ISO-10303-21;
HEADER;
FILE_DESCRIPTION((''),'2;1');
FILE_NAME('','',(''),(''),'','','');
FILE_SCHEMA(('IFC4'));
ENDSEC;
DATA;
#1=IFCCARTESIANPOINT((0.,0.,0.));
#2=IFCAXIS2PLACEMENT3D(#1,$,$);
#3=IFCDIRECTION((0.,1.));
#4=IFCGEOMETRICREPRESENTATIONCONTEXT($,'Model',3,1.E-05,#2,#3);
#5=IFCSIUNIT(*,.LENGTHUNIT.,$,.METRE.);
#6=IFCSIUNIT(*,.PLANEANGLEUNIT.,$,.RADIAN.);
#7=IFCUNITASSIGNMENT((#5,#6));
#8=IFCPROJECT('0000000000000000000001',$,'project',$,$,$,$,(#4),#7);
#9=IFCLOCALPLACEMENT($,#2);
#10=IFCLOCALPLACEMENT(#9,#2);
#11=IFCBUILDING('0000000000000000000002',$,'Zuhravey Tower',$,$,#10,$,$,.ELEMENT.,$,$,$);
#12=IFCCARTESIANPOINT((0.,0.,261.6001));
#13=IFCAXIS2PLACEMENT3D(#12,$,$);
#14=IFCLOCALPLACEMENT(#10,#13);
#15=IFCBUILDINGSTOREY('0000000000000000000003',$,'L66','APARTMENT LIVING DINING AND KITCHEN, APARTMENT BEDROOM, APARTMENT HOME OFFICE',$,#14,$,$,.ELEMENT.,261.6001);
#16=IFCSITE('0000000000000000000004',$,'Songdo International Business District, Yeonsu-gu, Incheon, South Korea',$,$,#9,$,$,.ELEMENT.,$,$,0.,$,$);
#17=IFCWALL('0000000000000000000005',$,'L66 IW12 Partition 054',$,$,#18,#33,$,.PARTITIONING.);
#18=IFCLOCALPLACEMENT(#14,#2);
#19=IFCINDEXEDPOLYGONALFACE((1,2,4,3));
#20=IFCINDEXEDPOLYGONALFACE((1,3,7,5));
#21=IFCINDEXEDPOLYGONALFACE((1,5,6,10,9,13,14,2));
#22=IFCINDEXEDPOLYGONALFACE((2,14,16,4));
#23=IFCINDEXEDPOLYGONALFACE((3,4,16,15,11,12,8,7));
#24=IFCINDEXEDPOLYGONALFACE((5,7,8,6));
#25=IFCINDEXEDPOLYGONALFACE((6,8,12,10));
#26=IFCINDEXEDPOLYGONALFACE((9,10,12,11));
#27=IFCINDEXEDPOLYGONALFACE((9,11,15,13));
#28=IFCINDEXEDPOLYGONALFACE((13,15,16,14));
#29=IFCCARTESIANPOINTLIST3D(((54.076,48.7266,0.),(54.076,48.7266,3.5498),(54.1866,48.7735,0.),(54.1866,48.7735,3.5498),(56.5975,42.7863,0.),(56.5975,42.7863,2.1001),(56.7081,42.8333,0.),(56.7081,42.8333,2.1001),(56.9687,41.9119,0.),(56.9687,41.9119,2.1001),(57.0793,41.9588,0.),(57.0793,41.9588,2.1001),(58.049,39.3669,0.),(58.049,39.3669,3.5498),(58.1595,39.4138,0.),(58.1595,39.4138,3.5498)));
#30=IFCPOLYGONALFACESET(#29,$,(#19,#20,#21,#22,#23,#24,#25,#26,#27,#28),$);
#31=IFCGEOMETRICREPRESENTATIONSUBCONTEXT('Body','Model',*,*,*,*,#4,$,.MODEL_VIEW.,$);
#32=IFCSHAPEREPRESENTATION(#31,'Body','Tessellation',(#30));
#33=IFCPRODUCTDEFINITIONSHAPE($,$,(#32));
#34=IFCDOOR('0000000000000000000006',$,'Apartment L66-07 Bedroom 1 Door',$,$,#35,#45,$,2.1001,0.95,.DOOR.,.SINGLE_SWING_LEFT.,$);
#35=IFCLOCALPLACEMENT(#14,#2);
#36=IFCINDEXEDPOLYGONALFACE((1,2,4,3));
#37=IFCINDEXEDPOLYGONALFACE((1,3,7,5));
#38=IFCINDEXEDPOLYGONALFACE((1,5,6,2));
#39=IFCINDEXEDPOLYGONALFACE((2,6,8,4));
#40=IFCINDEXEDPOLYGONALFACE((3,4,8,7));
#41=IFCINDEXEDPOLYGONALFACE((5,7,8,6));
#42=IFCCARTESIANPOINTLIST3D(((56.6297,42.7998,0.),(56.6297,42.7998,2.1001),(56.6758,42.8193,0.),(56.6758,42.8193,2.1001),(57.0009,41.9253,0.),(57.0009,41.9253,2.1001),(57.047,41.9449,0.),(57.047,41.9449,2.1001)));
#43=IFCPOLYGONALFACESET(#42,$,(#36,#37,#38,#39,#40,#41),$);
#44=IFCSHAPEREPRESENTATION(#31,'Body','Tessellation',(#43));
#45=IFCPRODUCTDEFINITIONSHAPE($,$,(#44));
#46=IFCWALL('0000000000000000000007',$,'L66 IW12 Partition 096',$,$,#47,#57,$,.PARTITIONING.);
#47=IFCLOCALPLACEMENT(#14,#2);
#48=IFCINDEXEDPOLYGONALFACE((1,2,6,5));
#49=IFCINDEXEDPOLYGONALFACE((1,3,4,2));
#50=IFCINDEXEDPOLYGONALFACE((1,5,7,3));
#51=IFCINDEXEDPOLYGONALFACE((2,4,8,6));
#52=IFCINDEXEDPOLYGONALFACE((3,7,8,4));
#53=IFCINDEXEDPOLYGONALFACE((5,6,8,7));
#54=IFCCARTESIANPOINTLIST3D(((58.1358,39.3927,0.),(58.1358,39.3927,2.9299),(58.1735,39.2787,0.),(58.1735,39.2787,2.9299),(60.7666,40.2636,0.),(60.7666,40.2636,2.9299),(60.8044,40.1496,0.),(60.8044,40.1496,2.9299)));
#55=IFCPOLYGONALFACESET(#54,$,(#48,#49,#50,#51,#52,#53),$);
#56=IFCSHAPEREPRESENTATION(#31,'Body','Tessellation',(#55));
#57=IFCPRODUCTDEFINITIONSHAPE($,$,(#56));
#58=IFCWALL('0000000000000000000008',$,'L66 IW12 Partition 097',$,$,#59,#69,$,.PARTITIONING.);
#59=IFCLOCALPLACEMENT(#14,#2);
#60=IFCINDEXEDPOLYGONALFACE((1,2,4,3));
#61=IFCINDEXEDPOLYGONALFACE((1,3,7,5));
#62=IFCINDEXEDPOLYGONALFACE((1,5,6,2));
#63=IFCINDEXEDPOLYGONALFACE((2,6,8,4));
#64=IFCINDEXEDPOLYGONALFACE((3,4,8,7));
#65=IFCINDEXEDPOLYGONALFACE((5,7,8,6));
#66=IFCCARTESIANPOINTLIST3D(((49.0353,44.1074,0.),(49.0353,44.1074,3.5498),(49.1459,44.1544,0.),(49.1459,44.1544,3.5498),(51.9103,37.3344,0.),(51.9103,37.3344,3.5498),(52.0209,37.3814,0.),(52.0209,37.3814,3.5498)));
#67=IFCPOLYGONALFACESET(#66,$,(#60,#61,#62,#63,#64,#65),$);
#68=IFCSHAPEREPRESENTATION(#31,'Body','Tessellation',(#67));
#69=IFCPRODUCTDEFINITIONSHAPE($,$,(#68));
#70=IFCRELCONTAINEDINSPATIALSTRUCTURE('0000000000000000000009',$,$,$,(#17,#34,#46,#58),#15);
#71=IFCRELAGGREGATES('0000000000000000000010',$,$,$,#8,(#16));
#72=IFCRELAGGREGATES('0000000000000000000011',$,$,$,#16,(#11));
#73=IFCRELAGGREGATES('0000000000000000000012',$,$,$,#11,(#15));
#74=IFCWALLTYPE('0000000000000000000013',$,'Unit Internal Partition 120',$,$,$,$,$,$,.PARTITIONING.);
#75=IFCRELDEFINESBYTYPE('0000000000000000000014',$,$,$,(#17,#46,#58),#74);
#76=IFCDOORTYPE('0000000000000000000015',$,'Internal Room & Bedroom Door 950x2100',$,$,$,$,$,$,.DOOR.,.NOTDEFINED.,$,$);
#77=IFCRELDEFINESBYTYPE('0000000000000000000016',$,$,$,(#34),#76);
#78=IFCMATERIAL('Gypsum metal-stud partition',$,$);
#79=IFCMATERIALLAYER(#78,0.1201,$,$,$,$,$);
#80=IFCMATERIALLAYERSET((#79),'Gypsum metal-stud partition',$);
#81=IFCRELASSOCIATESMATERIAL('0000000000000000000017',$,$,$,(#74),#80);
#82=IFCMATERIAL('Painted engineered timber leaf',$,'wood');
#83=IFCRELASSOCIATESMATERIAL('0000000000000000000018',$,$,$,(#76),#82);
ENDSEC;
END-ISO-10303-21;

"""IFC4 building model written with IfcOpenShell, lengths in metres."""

from ifc_helpers import new_model, si_unit, direction, frame, frame_2d, origin, place, context, subcontext, project, spatial, rectangle, extrude, material, layer, layer_set, type_object, element, fill, save


model = new_model("IFC4")

# Units and contexts
model_context = context("Model", 3, precision=1e-05, world=origin(), true_north=direction((0.0, 1.0)))
body_context = subcontext(model_context, "Body", "Model", "MODEL_VIEW")
ifc_project = project(units=[si_unit("LENGTHUNIT", "METRE"), si_unit("PLANEANGLEUNIT", "RADIAN")], contexts=[model_context])

# Site, building, storey
site_placement = place(None, origin())
site = spatial("IfcSite", under=ifc_project, at=site_placement, Name="Songdo International Business District, Yeonsu-gu, Incheon, South Korea", CompositionType="ELEMENT", RefElevation=0.0)
building_placement = place(site_placement, origin())
building = spatial("IfcBuilding", under=site, at=building_placement, Name="Zuhravey Tower", CompositionType="ELEMENT")
storey_placement = place(building_placement, frame((0.0, 0.0, 261.6001)))
storey = spatial("IfcBuildingStorey", under=building, at=storey_placement, Name="L66", Description="APARTMENT LIVING DINING AND KITCHEN, APARTMENT BEDROOM, APARTMENT HOME OFFICE", CompositionType="ELEMENT", Elevation=261.6001)

# Wall, opening, door
ifc_material_1 = material(Name="Gypsum metal-stud partition")
ifc_layer_1 = layer(ifc_material_1, 0.1201)
ifc_layer_set_1 = layer_set([ifc_layer_1], Name="Gypsum metal-stud partition")
wall_type_1 = type_object("IfcWallType", Name="Unit Internal Partition 120", PredefinedType="PARTITIONING", material=ifc_layer_set_1)
ifc_material_2 = material(Name="Painted engineered timber leaf", Category="wood")
door_type_1 = type_object("IfcDoorType", Name="Internal Room & Bedroom Door 950x2100", OperationType="NOTDEFINED", PredefinedType="DOOR", material=ifc_material_2)
wall_1_placement = place(storey_placement, frame((58.1042, 39.3904, 0.0), z_axis=(0.0, 0.0, 1.0), x_axis=(-0.390729, 0.920506, 0.0)))
wall_1 = element("IfcWall", 1, at=wall_1_placement, inside=storey, type_object=wall_type_1, Name="L66 IW12 Partition 054", PredefinedType="PARTITIONING", context=body_context, shape_type="SweptSolid", body=[
    extrude(rectangle(XDim=10.168, YDim=0.1201, at=frame_2d((5.084, 0.0))), origin(), (0.0, 0.0, 1.0), 3.5498),
])
opening_1_placement = place(wall_1_placement, frame((2.7646, 0.0, 0.0)))
opening_1 = element("IfcOpeningElement", 2, at=opening_1_placement, cuts=wall_1, PredefinedType="OPENING", context=body_context, shape_type="SweptSolid", body=[
    extrude(rectangle(XDim=0.95, YDim=2.1001, at=frame_2d((0.4751, 1.05))), frame((0.0, 0.072, 0.0), z_axis=(0.0, -1.0, 0.0), x_axis=(1.0, 0.0, 0.0)), (0.0, 0.0, 1.0), 0.144),
])
door_1_placement = place(opening_1_placement, frame((0.95, 0.0, 0.0), z_axis=(0.0, 0.0, 1.0), x_axis=(-1.0, 0.0, 0.0)))
door_1 = element("IfcDoor", 3, at=door_1_placement, inside=storey, type_object=door_type_1, Name="Apartment L66-07 Bedroom 1 Door", OperationType="SINGLE_SWING_LEFT", OverallHeight=2.1001, OverallWidth=0.95, PredefinedType="DOOR", context=body_context, shape_type="SweptSolid", body=[
    extrude(rectangle(XDim=0.95, YDim=2.1001, at=frame_2d((0.4751, 1.05))), frame((0.0, 0.0249, 0.0), z_axis=(0.0, -1.0, 0.0), x_axis=(1.0, 0.0, 0.0)), (0.0, 0.0, 1.0), 0.05),
])
fill(opening_1, door_1)

# Walls
wall_2_placement = place(storey_placement, frame((58.1545, 39.3357, 0.0), z_axis=(0.0, 0.0, 1.0), x_axis=(0.949342, 0.314245, 0.0)))
element("IfcWall", 4, at=wall_2_placement, inside=storey, type_object=wall_type_1, Name="L66 IW12 Partition 096", PredefinedType="PARTITIONING", context=body_context, shape_type="SweptSolid", body=[
    extrude(rectangle(XDim=2.7712, YDim=0.1201, at=frame_2d((1.3857, 0.0))), origin(), (0.0, 0.0, 1.0), 2.9299),
])
wall_3_placement = place(storey_placement, frame((51.9656, 37.3579, 0.0), z_axis=(0.0, 0.0, 1.0), x_axis=(-0.390737, 0.920502, 0.0)))
element("IfcWall", 5, at=wall_3_placement, inside=storey, type_object=wall_type_1, Name="L66 IW12 Partition 097", PredefinedType="PARTITIONING", context=body_context, shape_type="SweptSolid", body=[
    extrude(rectangle(XDim=7.3579, YDim=0.1201, at=frame_2d((3.679, 0.0))), origin(), (0.0, 0.0, 1.0), 3.5498),
])

save(model, "model.ifc")
